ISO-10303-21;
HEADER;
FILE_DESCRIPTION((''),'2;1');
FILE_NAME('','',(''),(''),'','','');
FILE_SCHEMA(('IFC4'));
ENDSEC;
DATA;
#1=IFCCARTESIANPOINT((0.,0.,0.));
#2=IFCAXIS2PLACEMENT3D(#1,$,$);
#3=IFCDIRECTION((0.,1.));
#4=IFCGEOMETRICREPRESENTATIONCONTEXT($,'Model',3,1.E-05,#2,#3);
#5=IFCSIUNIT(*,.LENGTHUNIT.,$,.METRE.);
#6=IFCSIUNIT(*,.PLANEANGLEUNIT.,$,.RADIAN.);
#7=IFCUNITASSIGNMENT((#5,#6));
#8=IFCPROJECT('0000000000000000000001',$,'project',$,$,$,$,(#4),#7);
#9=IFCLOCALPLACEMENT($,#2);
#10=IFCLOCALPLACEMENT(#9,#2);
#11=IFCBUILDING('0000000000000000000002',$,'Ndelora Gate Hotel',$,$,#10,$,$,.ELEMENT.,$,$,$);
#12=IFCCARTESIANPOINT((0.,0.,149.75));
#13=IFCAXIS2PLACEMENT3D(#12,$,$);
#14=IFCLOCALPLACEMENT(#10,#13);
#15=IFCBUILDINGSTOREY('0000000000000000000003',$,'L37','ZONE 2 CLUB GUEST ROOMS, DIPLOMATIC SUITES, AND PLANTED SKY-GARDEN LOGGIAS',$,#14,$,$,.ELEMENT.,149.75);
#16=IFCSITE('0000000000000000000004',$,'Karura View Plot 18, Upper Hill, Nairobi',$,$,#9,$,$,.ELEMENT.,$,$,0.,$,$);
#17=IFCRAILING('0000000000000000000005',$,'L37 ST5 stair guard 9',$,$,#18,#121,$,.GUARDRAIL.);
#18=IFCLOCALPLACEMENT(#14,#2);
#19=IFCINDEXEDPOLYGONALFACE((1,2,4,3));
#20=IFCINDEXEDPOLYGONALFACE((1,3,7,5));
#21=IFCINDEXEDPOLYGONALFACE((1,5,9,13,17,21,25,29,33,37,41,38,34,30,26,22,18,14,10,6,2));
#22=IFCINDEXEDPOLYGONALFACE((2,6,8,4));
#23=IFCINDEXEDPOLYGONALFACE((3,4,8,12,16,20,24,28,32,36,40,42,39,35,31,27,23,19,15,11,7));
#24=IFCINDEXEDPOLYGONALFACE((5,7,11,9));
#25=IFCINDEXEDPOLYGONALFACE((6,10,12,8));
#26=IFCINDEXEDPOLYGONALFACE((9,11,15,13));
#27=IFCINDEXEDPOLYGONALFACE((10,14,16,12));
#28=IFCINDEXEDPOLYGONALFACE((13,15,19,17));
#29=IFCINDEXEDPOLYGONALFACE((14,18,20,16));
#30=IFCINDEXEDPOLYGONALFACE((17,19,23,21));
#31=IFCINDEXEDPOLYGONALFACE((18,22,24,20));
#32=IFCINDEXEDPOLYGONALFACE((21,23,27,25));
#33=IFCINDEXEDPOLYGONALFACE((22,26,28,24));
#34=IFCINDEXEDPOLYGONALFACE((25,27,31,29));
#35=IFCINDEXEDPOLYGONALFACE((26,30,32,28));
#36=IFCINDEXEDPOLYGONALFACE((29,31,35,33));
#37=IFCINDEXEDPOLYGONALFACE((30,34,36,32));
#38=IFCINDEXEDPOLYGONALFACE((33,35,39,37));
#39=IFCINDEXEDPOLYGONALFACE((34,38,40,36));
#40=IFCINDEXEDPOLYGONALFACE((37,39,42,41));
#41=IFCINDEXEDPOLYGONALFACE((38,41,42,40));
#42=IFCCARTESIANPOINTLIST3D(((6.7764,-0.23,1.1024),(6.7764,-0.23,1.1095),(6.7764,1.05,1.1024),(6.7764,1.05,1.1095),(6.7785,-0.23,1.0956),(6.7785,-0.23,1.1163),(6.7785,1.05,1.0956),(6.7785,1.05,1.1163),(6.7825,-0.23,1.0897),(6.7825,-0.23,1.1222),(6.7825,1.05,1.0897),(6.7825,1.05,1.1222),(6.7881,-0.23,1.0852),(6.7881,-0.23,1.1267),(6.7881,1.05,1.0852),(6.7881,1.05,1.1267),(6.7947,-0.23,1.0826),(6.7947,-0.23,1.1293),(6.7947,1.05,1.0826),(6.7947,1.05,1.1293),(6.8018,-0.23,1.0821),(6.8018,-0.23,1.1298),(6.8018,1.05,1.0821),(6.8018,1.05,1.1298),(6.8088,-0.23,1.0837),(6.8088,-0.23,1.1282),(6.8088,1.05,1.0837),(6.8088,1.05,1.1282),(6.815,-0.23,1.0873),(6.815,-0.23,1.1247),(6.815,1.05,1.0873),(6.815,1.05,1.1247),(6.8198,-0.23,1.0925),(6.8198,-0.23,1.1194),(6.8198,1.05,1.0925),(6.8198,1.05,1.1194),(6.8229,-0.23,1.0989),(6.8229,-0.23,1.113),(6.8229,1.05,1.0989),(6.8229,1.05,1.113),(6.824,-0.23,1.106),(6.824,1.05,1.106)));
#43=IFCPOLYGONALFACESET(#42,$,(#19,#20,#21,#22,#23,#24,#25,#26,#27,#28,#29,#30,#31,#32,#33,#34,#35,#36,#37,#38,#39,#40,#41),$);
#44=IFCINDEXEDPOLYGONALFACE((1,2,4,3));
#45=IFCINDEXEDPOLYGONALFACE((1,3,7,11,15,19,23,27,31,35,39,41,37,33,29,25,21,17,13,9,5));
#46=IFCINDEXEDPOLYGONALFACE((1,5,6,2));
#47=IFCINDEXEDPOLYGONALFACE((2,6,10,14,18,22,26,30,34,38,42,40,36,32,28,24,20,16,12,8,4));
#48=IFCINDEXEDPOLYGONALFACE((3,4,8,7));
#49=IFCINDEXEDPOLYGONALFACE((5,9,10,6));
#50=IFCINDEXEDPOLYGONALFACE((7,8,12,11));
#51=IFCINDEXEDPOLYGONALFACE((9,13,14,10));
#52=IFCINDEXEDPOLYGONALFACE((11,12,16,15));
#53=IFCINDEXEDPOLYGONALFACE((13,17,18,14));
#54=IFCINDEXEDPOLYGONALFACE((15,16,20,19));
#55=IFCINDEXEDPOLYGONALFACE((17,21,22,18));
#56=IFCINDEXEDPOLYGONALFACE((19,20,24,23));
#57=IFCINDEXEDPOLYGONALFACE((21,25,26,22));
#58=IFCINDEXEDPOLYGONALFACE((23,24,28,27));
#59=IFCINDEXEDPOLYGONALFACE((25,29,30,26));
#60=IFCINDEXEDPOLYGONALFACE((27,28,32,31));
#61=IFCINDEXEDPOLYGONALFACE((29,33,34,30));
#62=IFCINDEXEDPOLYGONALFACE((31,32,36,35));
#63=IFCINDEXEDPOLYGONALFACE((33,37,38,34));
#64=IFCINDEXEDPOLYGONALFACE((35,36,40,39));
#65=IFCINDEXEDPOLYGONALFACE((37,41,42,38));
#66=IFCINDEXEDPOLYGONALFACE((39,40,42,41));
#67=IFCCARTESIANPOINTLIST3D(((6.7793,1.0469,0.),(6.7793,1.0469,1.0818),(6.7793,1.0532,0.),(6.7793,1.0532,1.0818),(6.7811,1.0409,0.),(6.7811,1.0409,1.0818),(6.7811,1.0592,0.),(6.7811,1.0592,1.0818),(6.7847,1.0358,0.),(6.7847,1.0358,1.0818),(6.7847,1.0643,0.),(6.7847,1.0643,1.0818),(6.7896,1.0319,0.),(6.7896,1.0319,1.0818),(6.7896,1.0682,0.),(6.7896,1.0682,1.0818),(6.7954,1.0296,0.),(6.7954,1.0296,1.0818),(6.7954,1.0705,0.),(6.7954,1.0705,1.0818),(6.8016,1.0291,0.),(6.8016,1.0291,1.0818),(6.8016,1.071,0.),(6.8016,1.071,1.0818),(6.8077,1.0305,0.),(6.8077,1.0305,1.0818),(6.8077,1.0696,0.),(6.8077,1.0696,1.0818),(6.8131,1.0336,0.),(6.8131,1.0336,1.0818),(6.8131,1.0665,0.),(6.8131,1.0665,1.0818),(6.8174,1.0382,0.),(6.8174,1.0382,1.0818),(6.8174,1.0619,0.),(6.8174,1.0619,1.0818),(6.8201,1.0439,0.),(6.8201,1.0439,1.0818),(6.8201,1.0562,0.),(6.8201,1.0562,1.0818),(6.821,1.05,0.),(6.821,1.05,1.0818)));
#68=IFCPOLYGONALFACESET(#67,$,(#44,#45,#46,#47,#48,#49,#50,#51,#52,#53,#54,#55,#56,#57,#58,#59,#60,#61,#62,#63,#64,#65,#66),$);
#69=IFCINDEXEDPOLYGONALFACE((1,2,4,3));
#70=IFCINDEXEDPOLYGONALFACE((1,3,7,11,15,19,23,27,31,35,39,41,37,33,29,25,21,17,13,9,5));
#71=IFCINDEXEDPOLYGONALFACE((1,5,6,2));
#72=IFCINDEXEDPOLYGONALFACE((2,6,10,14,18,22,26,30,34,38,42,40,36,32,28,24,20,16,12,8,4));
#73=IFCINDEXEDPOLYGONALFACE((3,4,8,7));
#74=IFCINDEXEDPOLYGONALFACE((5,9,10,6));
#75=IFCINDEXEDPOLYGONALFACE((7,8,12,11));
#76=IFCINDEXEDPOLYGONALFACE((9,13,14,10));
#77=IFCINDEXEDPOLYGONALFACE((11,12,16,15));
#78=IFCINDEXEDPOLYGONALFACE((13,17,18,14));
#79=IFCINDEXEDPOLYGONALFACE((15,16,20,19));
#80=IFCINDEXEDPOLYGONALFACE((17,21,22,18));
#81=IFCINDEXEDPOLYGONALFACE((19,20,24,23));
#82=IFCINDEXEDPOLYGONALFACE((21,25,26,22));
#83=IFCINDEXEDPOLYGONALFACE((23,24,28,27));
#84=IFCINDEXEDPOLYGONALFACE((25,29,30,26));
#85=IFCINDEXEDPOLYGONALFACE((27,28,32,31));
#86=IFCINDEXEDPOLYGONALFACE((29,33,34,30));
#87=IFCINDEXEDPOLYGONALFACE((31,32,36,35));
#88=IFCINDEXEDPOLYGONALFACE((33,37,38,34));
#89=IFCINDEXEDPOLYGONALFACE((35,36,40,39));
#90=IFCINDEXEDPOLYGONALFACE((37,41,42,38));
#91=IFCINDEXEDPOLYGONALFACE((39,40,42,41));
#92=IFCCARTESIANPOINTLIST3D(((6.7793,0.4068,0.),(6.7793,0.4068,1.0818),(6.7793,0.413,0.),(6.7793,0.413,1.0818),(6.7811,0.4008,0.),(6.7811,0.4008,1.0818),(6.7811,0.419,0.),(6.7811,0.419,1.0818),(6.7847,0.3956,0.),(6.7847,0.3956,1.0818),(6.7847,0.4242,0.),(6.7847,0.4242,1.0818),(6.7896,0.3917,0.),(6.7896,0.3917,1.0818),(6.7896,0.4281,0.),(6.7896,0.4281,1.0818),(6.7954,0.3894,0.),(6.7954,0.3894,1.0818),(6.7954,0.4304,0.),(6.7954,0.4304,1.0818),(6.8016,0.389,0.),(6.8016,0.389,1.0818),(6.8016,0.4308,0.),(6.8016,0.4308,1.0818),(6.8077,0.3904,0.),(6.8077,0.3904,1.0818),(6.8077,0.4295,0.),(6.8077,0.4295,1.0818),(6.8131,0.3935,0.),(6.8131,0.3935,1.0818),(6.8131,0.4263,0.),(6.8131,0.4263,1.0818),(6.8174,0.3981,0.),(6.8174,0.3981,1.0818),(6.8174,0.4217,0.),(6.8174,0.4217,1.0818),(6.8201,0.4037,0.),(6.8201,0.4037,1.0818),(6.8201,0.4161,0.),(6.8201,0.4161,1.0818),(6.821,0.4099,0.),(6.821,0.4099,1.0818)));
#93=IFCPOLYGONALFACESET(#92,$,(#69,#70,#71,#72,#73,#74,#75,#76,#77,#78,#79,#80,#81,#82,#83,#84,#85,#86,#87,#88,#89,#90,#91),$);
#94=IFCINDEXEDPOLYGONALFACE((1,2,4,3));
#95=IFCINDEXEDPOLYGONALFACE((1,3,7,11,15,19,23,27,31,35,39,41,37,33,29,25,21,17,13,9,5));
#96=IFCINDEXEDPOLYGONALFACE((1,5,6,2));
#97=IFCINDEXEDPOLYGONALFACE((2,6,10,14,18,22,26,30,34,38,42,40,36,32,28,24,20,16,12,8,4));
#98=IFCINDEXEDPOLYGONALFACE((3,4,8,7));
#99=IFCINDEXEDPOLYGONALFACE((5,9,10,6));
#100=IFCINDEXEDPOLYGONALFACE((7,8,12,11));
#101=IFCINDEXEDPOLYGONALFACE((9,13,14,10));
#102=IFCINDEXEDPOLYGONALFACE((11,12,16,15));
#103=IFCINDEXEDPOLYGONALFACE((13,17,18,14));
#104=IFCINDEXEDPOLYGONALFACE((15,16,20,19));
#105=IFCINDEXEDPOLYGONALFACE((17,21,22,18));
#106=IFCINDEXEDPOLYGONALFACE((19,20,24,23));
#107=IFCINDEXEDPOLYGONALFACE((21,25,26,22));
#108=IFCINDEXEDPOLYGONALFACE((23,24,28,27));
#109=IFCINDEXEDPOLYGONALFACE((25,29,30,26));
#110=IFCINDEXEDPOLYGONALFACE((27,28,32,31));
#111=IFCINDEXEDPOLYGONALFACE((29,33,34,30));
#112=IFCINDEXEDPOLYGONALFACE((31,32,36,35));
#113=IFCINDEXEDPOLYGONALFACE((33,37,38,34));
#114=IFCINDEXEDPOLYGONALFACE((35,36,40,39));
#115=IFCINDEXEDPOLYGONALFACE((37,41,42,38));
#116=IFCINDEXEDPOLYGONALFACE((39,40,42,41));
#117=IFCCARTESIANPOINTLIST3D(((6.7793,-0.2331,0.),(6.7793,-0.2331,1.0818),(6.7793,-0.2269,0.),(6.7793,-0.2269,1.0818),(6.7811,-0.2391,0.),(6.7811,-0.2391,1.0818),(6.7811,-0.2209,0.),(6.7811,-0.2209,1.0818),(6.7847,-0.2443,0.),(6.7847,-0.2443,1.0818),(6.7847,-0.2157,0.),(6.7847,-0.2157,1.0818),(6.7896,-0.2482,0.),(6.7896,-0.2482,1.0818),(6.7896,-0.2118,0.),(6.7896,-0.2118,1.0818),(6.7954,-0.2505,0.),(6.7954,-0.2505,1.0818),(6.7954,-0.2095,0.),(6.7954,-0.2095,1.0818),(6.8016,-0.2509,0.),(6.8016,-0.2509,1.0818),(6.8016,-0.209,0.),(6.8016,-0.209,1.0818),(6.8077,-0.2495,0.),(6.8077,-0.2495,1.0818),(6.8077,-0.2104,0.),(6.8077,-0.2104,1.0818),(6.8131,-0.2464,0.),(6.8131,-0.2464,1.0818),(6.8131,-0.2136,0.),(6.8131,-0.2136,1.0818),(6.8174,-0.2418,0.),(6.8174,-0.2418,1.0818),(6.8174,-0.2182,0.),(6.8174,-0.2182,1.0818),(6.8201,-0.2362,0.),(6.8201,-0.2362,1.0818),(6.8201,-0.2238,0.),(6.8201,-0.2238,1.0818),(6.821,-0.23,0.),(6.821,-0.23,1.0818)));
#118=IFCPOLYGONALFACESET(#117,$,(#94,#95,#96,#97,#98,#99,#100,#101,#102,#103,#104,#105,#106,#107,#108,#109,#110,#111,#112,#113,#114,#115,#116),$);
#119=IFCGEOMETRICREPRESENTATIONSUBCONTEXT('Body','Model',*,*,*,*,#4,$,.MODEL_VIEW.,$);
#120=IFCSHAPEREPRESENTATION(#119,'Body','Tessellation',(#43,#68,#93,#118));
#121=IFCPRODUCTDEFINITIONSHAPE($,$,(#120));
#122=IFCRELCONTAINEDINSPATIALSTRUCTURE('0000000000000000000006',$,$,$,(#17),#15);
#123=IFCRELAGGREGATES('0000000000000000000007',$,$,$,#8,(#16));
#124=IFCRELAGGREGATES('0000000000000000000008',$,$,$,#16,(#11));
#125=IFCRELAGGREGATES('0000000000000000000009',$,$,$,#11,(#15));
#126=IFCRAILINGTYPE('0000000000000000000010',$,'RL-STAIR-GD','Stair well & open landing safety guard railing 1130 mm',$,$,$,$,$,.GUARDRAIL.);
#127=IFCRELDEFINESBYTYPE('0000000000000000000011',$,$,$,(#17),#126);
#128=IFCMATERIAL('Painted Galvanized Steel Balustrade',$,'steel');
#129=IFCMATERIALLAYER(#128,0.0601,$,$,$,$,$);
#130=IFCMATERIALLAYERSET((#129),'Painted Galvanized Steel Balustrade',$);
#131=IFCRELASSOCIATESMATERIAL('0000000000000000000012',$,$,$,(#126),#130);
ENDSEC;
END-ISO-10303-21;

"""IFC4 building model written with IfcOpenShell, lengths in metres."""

from ifc_helpers import new_model, si_unit, direction, frame, origin, origin_2d, place, context, subcontext, project, spatial, circle, extrude, material, layer, layer_set, type_object, element, save


model = new_model("IFC4")

# Units and contexts
model_context = context("Model", 3, precision=1e-05, world=origin(), true_north=direction((0.0, 1.0)))
body_context = subcontext(model_context, "Body", "Model", "MODEL_VIEW")
ifc_project = project(units=[si_unit("LENGTHUNIT", "METRE"), si_unit("PLANEANGLEUNIT", "RADIAN")], contexts=[model_context])

# Site, building, storey
site_placement = place(None, origin())
site = spatial("IfcSite", under=ifc_project, at=site_placement, Name="Karura View Plot 18, Upper Hill, Nairobi", CompositionType="ELEMENT", RefElevation=0.0)
building_placement = place(site_placement, origin())
building = spatial("IfcBuilding", under=site, at=building_placement, Name="Ndelora Gate Hotel", CompositionType="ELEMENT")
storey_placement = place(building_placement, frame((0.0, 0.0, 149.75)))
storey = spatial("IfcBuildingStorey", under=building, at=storey_placement, Name="L37", Description="ZONE 2 CLUB GUEST ROOMS, DIPLOMATIC SUITES, AND PLANTED SKY-GARDEN LOGGIAS", CompositionType="ELEMENT", Elevation=149.75)

# Railing
ifc_material_1 = material(Name="Painted Galvanized Steel Balustrade", Category="steel")
ifc_layer_1 = layer(ifc_material_1, 0.0601)
ifc_layer_set_1 = layer_set([ifc_layer_1], Name="Painted Galvanized Steel Balustrade")
railing_type_1 = type_object("IfcRailingType", Name="RL-STAIR-GD", Description="Stair well & open landing safety guard railing 1130 mm", PredefinedType="GUARDRAIL", material=ifc_layer_set_1)
for number, where, name in (
    (1, (6.8, 1.05, 0.0), "L37 ST5 stair guard 9"),
):
    element("IfcRailing", number, at=place(storey_placement, frame(where)), inside=storey, type_object=railing_type_1, Name=name, PredefinedType="GUARDRAIL", context=body_context, shape_type="SweptSolid", body=[
        extrude(circle(Radius=0.0239, at=origin_2d()), frame((0.0, 0.0, 1.106), z_axis=(0.0, -1.0, 0.0), x_axis=(1.0, 0.0, 0.0)), (0.0, 0.0, 1.0), 1.28),
        extrude(circle(Radius=0.021, at=origin_2d()), origin(), (0.0, 0.0, 1.0), 1.0818),
        extrude(circle(Radius=0.021, at=origin_2d()), frame((0.0, -0.6401, 0.0)), (0.0, 0.0, 1.0), 1.0818),
        extrude(circle(Radius=0.021, at=origin_2d()), frame((0.0, -1.28, 0.0)), (0.0, 0.0, 1.0), 1.0818),
    ])

save(model, "model.ifc")
